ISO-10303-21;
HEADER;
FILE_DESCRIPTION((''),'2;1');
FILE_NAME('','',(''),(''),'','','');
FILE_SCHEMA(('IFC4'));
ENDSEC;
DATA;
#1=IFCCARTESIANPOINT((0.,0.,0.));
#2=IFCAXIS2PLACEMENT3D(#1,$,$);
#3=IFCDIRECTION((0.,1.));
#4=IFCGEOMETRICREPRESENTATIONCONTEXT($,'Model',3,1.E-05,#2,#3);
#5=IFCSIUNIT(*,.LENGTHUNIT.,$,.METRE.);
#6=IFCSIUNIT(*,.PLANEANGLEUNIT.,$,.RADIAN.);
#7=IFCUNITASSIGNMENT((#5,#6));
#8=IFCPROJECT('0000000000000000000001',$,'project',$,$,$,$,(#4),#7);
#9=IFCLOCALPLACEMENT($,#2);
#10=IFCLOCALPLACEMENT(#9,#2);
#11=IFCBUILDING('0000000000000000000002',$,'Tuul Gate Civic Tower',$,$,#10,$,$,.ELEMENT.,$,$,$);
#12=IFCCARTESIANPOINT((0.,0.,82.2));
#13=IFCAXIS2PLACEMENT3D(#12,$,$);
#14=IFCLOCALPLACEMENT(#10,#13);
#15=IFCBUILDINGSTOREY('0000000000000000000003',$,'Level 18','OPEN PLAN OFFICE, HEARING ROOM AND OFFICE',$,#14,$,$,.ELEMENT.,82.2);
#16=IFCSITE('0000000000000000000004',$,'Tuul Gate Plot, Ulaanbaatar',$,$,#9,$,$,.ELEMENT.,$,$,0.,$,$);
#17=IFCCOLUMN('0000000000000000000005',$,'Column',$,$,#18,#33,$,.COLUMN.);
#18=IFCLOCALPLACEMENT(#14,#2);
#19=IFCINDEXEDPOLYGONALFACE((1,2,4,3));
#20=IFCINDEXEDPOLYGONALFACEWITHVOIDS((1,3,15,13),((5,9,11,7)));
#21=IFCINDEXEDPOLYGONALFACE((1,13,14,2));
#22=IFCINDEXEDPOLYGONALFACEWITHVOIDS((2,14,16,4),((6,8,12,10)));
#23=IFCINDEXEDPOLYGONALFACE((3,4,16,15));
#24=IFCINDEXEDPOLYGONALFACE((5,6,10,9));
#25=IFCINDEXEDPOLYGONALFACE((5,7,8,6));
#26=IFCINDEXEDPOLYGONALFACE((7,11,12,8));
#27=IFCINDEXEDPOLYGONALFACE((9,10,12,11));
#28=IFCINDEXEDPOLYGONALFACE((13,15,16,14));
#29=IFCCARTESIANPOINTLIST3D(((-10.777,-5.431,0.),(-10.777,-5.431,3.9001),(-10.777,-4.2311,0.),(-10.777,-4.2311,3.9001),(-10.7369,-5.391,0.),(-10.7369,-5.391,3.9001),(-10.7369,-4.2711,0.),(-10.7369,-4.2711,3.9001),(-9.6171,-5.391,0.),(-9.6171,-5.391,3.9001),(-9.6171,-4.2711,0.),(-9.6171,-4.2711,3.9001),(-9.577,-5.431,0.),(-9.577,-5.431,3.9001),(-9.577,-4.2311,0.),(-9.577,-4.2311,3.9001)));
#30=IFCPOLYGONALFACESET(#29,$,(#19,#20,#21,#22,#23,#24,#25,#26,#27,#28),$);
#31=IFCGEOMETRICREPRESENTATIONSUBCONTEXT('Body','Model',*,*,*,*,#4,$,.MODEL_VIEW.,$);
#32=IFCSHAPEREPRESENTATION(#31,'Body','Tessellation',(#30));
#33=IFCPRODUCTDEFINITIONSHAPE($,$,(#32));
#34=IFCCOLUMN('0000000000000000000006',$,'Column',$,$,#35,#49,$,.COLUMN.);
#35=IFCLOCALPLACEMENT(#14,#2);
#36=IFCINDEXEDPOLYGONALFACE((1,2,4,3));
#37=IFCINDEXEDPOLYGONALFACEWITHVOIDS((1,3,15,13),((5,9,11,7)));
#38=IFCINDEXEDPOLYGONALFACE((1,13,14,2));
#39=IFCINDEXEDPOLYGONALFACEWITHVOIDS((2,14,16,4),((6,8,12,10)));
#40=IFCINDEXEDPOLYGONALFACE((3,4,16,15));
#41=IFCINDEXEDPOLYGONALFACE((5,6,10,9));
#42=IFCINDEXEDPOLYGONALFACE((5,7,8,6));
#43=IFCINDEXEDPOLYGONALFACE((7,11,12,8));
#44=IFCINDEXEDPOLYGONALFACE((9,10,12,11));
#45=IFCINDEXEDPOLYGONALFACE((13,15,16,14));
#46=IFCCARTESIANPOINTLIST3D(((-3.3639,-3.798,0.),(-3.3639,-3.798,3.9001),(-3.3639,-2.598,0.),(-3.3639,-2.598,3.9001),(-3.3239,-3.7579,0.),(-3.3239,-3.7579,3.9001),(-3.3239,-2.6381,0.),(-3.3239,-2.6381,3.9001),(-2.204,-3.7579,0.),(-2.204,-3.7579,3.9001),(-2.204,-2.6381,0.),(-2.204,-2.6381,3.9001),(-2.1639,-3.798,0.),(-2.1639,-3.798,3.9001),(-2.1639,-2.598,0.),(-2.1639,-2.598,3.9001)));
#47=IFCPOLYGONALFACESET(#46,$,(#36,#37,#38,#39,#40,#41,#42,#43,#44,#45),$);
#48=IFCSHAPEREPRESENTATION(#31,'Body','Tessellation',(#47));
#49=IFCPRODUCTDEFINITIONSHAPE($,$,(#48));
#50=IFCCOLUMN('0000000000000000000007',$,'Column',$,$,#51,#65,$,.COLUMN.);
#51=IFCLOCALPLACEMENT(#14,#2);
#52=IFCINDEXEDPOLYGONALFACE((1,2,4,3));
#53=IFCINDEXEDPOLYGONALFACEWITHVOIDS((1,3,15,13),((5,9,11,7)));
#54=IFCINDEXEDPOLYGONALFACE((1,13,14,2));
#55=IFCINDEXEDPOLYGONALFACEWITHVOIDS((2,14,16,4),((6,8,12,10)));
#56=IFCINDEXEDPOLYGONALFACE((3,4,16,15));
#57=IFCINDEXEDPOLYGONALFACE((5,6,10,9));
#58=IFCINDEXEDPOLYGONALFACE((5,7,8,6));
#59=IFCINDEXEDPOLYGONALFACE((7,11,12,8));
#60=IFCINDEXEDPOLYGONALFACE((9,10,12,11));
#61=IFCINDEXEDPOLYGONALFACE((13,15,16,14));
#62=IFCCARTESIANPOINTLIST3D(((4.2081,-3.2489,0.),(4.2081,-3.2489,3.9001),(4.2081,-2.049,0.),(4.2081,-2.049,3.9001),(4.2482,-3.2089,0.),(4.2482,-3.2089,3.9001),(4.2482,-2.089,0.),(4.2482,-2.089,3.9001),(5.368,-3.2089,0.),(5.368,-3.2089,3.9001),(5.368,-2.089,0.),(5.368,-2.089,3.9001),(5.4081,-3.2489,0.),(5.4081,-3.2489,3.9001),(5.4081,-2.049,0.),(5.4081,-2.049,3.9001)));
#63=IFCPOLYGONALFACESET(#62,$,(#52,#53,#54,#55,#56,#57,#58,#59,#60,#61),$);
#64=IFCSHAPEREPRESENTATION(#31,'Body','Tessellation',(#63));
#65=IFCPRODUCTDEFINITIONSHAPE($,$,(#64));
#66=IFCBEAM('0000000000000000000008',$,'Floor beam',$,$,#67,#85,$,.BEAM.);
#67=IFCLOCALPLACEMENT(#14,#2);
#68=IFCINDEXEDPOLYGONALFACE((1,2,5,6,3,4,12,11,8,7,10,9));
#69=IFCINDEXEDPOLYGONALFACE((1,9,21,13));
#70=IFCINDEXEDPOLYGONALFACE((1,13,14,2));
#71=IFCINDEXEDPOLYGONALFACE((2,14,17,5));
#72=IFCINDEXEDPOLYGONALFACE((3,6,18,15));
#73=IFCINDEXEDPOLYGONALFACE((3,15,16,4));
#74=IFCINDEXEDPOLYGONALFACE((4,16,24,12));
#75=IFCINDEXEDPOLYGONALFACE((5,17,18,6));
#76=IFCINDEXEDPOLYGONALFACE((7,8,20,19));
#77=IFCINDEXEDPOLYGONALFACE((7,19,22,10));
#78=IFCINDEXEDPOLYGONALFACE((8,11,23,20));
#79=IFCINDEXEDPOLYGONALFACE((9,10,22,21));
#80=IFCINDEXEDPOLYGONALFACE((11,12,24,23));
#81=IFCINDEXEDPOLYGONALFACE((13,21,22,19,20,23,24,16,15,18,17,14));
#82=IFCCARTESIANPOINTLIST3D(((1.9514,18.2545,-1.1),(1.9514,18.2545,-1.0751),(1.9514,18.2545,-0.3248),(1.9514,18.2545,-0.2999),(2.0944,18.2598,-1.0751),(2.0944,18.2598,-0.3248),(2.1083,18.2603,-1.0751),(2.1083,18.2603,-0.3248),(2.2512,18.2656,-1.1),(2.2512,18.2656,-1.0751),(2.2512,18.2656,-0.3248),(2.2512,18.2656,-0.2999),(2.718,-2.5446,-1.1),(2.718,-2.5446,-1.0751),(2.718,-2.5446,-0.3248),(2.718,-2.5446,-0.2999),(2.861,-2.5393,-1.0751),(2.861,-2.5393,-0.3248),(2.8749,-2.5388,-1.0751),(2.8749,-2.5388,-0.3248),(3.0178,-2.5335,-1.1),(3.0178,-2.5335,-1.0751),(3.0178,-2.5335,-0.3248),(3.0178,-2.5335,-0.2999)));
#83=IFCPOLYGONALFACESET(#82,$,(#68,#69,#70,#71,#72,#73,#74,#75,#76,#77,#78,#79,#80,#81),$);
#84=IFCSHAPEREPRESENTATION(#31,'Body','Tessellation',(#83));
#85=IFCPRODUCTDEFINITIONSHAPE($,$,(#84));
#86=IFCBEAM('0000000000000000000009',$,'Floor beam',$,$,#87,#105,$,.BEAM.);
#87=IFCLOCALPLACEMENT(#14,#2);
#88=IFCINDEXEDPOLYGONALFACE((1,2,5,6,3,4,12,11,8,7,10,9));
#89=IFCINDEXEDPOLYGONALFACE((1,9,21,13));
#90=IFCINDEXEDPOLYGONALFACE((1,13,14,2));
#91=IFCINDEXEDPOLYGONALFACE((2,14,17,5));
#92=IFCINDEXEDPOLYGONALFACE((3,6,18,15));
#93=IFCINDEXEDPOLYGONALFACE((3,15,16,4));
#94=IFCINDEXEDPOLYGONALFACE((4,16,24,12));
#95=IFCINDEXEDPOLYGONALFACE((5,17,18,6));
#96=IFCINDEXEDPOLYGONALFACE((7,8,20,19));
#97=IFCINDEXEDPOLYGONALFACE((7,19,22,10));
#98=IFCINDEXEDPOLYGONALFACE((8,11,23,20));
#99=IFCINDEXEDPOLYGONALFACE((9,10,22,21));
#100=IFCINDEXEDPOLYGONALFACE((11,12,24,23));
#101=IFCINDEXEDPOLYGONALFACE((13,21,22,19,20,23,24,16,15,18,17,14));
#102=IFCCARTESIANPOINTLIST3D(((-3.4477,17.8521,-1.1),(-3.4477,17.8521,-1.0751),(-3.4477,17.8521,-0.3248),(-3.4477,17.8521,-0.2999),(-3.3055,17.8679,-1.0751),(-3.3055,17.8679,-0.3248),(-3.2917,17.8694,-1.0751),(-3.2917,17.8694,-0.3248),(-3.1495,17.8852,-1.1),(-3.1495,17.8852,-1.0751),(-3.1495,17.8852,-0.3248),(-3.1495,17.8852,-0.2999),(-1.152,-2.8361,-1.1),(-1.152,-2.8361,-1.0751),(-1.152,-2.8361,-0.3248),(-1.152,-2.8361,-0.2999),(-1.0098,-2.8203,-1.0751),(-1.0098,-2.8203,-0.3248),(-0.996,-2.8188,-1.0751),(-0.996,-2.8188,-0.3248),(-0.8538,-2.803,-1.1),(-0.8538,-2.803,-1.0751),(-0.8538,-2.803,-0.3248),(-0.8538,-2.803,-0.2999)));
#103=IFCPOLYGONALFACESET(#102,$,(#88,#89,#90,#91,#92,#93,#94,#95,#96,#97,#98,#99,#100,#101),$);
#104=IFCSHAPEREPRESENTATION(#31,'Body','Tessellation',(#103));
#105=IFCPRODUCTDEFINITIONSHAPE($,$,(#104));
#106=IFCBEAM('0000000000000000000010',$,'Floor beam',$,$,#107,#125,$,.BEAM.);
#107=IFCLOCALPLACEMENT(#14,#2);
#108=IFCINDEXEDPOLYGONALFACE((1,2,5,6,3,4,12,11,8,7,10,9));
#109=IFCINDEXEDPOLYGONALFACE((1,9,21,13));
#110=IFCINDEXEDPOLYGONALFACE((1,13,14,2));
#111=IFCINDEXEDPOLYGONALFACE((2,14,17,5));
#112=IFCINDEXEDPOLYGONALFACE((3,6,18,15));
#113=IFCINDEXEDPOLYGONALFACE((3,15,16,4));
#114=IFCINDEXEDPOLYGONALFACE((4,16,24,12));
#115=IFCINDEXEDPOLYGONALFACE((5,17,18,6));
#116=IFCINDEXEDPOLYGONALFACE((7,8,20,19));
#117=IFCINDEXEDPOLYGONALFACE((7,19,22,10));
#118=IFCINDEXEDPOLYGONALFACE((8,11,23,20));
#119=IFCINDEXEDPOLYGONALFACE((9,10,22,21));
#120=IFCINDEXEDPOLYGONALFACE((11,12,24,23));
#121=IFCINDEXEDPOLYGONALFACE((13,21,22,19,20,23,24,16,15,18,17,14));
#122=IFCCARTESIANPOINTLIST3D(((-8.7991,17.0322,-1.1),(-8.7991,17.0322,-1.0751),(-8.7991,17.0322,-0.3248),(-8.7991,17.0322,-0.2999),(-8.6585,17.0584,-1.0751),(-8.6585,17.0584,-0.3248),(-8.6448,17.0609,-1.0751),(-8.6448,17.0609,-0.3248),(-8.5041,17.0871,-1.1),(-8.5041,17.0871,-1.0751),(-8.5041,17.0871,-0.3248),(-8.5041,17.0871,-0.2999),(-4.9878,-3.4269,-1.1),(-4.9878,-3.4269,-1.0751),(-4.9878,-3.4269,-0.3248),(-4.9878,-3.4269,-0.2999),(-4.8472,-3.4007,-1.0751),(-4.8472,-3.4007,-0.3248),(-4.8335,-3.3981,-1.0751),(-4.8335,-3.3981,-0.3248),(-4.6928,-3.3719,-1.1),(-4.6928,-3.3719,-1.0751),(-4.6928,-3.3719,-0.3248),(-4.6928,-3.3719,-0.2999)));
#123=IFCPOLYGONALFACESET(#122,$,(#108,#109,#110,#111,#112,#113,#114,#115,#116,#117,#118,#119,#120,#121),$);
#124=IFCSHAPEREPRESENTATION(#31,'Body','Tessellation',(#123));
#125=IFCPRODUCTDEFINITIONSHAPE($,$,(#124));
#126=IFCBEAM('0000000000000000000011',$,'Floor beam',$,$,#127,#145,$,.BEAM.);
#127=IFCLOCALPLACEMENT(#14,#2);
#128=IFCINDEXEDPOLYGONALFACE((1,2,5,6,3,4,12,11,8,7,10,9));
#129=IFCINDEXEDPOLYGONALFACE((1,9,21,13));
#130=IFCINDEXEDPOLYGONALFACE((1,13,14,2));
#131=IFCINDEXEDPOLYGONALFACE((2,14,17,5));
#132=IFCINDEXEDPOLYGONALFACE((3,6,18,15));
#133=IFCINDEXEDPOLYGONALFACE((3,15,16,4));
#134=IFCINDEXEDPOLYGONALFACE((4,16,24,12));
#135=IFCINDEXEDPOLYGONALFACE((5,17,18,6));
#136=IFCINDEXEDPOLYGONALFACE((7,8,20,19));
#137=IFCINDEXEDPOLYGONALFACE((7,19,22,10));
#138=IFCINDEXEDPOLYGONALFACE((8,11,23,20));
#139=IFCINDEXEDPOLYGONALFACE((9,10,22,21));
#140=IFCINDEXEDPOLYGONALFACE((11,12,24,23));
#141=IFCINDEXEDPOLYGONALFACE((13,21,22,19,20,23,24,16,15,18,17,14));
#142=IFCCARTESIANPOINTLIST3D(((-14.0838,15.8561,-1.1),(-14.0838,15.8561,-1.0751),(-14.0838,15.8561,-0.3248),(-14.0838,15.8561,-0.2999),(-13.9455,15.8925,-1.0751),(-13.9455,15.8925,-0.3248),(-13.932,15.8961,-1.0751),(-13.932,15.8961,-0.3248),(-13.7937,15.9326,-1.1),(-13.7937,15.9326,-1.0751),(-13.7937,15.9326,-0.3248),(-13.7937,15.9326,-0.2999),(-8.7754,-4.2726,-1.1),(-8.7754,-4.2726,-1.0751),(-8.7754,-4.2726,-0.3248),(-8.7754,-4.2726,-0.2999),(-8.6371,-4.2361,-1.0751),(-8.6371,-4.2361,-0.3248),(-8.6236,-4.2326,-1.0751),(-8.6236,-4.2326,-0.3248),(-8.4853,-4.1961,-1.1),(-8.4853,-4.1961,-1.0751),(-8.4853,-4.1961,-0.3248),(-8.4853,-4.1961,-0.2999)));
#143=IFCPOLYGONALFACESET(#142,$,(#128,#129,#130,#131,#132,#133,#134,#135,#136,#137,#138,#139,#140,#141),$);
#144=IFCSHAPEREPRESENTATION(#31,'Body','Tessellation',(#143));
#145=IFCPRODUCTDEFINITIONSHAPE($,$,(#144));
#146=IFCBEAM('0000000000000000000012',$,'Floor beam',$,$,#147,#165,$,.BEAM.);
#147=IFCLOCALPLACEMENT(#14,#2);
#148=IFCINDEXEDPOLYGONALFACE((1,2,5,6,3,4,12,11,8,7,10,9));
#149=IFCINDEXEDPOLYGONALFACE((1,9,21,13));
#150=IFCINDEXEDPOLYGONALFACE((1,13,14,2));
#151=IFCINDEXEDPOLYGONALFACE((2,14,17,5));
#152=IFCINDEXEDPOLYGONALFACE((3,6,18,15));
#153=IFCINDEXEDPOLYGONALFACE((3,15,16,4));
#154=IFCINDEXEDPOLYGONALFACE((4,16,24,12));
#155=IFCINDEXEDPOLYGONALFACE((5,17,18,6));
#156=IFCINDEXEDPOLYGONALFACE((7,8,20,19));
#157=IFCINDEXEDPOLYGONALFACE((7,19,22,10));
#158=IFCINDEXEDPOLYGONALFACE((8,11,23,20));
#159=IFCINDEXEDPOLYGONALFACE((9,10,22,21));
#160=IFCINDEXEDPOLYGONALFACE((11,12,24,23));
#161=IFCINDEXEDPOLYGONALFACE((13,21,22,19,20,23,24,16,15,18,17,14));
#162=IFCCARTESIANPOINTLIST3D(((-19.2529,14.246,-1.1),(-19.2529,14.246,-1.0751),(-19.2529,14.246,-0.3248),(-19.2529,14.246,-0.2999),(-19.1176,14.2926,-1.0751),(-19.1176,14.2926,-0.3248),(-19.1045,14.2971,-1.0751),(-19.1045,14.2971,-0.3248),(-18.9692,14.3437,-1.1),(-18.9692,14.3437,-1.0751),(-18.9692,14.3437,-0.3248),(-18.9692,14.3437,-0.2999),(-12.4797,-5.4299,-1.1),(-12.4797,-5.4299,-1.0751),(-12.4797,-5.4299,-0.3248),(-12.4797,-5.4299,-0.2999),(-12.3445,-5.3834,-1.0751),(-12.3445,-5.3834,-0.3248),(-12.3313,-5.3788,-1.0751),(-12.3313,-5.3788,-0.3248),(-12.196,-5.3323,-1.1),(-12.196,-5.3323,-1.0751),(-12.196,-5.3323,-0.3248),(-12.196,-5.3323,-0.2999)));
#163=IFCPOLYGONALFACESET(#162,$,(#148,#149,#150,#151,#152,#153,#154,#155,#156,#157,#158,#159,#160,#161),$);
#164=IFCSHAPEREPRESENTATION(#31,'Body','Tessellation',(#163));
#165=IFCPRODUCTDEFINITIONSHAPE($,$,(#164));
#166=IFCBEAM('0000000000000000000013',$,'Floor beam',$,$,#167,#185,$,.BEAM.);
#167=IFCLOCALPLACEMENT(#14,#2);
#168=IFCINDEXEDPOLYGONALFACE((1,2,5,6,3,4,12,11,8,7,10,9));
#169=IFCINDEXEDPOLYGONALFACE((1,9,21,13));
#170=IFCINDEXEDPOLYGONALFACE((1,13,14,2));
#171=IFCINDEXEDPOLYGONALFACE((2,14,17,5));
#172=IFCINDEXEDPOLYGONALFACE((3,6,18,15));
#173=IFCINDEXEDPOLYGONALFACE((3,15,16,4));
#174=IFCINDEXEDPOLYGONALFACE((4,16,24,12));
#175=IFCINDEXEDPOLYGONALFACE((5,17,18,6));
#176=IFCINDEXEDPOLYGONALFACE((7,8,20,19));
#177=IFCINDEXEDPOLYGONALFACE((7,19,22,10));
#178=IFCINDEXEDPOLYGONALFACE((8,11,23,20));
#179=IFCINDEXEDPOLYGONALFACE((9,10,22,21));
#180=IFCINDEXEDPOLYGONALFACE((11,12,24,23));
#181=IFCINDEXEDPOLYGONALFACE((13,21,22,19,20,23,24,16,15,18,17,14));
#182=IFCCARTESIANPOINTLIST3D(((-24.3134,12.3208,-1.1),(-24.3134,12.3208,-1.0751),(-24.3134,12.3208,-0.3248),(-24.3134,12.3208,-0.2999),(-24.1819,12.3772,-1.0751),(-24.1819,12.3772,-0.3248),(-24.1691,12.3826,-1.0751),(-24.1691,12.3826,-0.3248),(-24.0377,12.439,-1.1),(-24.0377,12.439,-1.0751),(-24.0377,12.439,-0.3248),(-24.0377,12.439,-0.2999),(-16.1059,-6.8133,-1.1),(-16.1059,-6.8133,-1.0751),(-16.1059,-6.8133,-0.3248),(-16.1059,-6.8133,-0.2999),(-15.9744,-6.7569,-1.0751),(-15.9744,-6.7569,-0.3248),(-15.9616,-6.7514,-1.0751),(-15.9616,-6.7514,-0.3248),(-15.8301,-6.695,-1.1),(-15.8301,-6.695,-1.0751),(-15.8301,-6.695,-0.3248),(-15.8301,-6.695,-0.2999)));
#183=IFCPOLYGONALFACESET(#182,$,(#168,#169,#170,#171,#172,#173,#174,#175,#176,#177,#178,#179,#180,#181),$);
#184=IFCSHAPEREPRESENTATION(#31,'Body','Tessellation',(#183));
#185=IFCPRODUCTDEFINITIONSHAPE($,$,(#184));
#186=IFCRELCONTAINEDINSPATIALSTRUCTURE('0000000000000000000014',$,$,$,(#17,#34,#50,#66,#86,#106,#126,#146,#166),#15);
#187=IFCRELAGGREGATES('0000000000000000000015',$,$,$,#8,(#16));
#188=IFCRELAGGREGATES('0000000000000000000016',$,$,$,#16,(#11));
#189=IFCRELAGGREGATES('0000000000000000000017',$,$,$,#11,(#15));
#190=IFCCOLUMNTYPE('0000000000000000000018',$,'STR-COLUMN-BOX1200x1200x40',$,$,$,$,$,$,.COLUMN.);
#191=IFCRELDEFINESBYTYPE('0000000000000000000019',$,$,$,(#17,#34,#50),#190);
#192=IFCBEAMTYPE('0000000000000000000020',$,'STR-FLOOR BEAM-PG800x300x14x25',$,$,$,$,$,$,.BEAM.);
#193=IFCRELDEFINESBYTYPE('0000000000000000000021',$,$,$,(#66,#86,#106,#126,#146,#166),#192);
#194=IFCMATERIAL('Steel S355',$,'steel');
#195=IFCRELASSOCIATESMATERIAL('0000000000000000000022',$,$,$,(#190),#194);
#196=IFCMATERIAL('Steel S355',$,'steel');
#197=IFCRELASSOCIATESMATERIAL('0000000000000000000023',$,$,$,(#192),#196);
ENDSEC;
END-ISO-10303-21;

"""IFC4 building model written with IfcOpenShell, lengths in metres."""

from ifc_helpers import new_model, si_unit, direction, frame, origin, origin_2d, place, context, subcontext, project, spatial, hollow_rectangle, i_section, extrude, material, material_profile, profile_set, type_object, element, save


model = new_model("IFC4")

# Units and contexts
model_context = context("Model", 3, precision=1e-05, world=origin(), true_north=direction((0.0, 1.0)))
body_context = subcontext(model_context, "Body", "Model", "MODEL_VIEW")
ifc_project = project(units=[si_unit("LENGTHUNIT", "METRE"), si_unit("PLANEANGLEUNIT", "RADIAN")], contexts=[model_context])

# Site, building, storey
site_placement = place(None, origin())
site = spatial("IfcSite", under=ifc_project, at=site_placement, Name="Tuul Gate Plot, Ulaanbaatar", CompositionType="ELEMENT", RefElevation=0.0)
building_placement = place(site_placement, origin())
building = spatial("IfcBuilding", under=site, at=building_placement, Name="Tuul Gate Civic Tower", CompositionType="ELEMENT")
storey_placement = place(building_placement, frame((0.0, 0.0, 82.2)))
storey = spatial("IfcBuildingStorey", under=building, at=storey_placement, Name="Level 18", Description="OPEN PLAN OFFICE, HEARING ROOM AND OFFICE", CompositionType="ELEMENT", Elevation=82.2)

# Columns
ifc_material_1 = material(Name="Steel S355", Category="steel")
ifc_material_profile_1 = material_profile(ifc_material_1, hollow_rectangle(XDim=1.2, YDim=1.2, WallThickness=0.04, at=origin_2d()), Name="BOX1200x1200x40")
ifc_profile_set_1 = profile_set([ifc_material_profile_1], Name="Steel S355")
column_type = type_object("IfcColumnType", Name="STR-COLUMN-BOX1200x1200x40", PredefinedType="COLUMN", material=ifc_profile_set_1)
for number, where, z_axis, x_axis, name in (
    (1, (-10.177, -4.8311, 0.0), (0.0, 0.0, 1.0), (1.0, 0.0, 0.0), "Column"),
    (2, (-2.7639, -3.198, 0.0), (0.0, 0.0, 1.0), (1.0, 0.0, 0.0), "Column"),
    (3, (4.8081, -2.6489, 0.0), (0.0, 0.0, 1.0), (1.0, 0.0, 0.0), "Column"),
):
    element("IfcColumn", number, at=place(storey_placement, frame(where, z_axis=z_axis, x_axis=x_axis)), inside=storey, type_object=column_type, Name=name, PredefinedType="COLUMN", context=body_context, shape_type="SweptSolid", body=[
        extrude(hollow_rectangle(XDim=1.2, YDim=1.2, WallThickness=0.04, at=origin_2d()), origin(), (0.0, 0.0, 1.0), 3.9001),
    ])

# Beams
ifc_material_2 = material(Name="Steel S355", Category="steel")
ifc_material_profile_2 = material_profile(ifc_material_2, i_section(OverallWidth=0.3, OverallDepth=0.8, WebThickness=0.0139, FlangeThickness=0.0249, at=origin_2d()), Name="PG800x300x14x25")
ifc_profile_set_2 = profile_set([ifc_material_profile_2], Name="Steel S355")
beam_type_1 = type_object("IfcBeamType", Name="STR-FLOOR BEAM-PG800x300x14x25", PredefinedType="BEAM", material=ifc_profile_set_2)
beam_1_placement = place(storey_placement, frame((2.8679, -2.5391, -0.7), z_axis=(-0.036832, 0.999321, 0.0), x_axis=(-0.999321, -0.036832, 0.0)))
element("IfcBeam", 4, at=beam_1_placement, inside=storey, type_object=beam_type_1, Name="Floor beam", PredefinedType="BEAM", context=body_context, shape_type="SweptSolid", body=[
    extrude(i_section(OverallWidth=0.3, OverallDepth=0.8, WebThickness=0.0139, FlangeThickness=0.0249, at=origin_2d()), origin(), (0.0, 0.0, 1.0), 20.8132),
])
beam_2_placement = place(storey_placement, frame((-1.0029, -2.8196, -0.7), z_axis=(-0.110287, 0.9939, 0.0), x_axis=(-0.9939, -0.110287, 0.0)))
element("IfcBeam", 5, at=beam_2_placement, inside=storey, type_object=beam_type_1, Name="Floor beam", PredefinedType="BEAM", context=body_context, shape_type="SweptSolid", body=[
    extrude(i_section(OverallWidth=0.3, OverallDepth=0.8, WebThickness=0.0139, FlangeThickness=0.0249, at=origin_2d()), origin(), (0.0, 0.0, 1.0), 20.8152),
])
beam_3_placement = place(storey_placement, frame((-4.8403, -3.3994, -0.7), z_axis=(-0.183138, 0.983087, 0.0), x_axis=(-0.983087, -0.183138, 0.0)))
element("IfcBeam", 6, at=beam_3_placement, inside=storey, type_object=beam_type_1, Name="Floor beam", PredefinedType="BEAM", context=body_context, shape_type="SweptSolid", body=[
    extrude(i_section(OverallWidth=0.3, OverallDepth=0.8, WebThickness=0.0139, FlangeThickness=0.0249, at=origin_2d()), origin(), (0.0, 0.0, 1.0), 20.811),
])
beam_4_placement = place(storey_placement, frame((-8.6304, -4.2344, -0.7), z_axis=(-0.255002, 0.96694, 0.0), x_axis=(-0.96694, -0.255002, 0.0)))
element("IfcBeam", 7, at=beam_4_placement, inside=storey, type_object=beam_type_1, Name="Floor beam", PredefinedType="BEAM", context=body_context, shape_type="SweptSolid", body=[
    extrude(i_section(OverallWidth=0.3, OverallDepth=0.8, WebThickness=0.0139, FlangeThickness=0.0249, at=origin_2d()), origin(), (0.0, 0.0, 1.0), 20.8169),
])
beam_5_placement = place(storey_placement, frame((-12.3379, -5.3811, -0.7), z_axis=(-0.325491, 0.945545, 0.0), x_axis=(-0.945545, -0.325491, 0.0)))
element("IfcBeam", 8, at=beam_5_placement, inside=storey, type_object=beam_type_1, Name="Floor beam", PredefinedType="BEAM", context=body_context, shape_type="SweptSolid", body=[
    extrude(i_section(OverallWidth=0.3, OverallDepth=0.8, WebThickness=0.0139, FlangeThickness=0.0249, at=origin_2d()), origin(), (0.0, 0.0, 1.0), 20.8091),
])
beam_6_placement = place(storey_placement, frame((-15.968, -6.7542, -0.7), z_axis=(-0.394212, 0.919019, 0.0), x_axis=(-0.919019, -0.394212, 0.0)))
element("IfcBeam", 9, at=beam_6_placement, inside=storey, type_object=beam_type_1, Name="Floor beam", PredefinedType="BEAM", context=body_context, shape_type="SweptSolid", body=[
    extrude(i_section(OverallWidth=0.3, OverallDepth=0.8, WebThickness=0.0139, FlangeThickness=0.0249, at=origin_2d()), origin(), (0.0, 0.0, 1.0), 20.8201),
])

save(model, "model.ifc")
